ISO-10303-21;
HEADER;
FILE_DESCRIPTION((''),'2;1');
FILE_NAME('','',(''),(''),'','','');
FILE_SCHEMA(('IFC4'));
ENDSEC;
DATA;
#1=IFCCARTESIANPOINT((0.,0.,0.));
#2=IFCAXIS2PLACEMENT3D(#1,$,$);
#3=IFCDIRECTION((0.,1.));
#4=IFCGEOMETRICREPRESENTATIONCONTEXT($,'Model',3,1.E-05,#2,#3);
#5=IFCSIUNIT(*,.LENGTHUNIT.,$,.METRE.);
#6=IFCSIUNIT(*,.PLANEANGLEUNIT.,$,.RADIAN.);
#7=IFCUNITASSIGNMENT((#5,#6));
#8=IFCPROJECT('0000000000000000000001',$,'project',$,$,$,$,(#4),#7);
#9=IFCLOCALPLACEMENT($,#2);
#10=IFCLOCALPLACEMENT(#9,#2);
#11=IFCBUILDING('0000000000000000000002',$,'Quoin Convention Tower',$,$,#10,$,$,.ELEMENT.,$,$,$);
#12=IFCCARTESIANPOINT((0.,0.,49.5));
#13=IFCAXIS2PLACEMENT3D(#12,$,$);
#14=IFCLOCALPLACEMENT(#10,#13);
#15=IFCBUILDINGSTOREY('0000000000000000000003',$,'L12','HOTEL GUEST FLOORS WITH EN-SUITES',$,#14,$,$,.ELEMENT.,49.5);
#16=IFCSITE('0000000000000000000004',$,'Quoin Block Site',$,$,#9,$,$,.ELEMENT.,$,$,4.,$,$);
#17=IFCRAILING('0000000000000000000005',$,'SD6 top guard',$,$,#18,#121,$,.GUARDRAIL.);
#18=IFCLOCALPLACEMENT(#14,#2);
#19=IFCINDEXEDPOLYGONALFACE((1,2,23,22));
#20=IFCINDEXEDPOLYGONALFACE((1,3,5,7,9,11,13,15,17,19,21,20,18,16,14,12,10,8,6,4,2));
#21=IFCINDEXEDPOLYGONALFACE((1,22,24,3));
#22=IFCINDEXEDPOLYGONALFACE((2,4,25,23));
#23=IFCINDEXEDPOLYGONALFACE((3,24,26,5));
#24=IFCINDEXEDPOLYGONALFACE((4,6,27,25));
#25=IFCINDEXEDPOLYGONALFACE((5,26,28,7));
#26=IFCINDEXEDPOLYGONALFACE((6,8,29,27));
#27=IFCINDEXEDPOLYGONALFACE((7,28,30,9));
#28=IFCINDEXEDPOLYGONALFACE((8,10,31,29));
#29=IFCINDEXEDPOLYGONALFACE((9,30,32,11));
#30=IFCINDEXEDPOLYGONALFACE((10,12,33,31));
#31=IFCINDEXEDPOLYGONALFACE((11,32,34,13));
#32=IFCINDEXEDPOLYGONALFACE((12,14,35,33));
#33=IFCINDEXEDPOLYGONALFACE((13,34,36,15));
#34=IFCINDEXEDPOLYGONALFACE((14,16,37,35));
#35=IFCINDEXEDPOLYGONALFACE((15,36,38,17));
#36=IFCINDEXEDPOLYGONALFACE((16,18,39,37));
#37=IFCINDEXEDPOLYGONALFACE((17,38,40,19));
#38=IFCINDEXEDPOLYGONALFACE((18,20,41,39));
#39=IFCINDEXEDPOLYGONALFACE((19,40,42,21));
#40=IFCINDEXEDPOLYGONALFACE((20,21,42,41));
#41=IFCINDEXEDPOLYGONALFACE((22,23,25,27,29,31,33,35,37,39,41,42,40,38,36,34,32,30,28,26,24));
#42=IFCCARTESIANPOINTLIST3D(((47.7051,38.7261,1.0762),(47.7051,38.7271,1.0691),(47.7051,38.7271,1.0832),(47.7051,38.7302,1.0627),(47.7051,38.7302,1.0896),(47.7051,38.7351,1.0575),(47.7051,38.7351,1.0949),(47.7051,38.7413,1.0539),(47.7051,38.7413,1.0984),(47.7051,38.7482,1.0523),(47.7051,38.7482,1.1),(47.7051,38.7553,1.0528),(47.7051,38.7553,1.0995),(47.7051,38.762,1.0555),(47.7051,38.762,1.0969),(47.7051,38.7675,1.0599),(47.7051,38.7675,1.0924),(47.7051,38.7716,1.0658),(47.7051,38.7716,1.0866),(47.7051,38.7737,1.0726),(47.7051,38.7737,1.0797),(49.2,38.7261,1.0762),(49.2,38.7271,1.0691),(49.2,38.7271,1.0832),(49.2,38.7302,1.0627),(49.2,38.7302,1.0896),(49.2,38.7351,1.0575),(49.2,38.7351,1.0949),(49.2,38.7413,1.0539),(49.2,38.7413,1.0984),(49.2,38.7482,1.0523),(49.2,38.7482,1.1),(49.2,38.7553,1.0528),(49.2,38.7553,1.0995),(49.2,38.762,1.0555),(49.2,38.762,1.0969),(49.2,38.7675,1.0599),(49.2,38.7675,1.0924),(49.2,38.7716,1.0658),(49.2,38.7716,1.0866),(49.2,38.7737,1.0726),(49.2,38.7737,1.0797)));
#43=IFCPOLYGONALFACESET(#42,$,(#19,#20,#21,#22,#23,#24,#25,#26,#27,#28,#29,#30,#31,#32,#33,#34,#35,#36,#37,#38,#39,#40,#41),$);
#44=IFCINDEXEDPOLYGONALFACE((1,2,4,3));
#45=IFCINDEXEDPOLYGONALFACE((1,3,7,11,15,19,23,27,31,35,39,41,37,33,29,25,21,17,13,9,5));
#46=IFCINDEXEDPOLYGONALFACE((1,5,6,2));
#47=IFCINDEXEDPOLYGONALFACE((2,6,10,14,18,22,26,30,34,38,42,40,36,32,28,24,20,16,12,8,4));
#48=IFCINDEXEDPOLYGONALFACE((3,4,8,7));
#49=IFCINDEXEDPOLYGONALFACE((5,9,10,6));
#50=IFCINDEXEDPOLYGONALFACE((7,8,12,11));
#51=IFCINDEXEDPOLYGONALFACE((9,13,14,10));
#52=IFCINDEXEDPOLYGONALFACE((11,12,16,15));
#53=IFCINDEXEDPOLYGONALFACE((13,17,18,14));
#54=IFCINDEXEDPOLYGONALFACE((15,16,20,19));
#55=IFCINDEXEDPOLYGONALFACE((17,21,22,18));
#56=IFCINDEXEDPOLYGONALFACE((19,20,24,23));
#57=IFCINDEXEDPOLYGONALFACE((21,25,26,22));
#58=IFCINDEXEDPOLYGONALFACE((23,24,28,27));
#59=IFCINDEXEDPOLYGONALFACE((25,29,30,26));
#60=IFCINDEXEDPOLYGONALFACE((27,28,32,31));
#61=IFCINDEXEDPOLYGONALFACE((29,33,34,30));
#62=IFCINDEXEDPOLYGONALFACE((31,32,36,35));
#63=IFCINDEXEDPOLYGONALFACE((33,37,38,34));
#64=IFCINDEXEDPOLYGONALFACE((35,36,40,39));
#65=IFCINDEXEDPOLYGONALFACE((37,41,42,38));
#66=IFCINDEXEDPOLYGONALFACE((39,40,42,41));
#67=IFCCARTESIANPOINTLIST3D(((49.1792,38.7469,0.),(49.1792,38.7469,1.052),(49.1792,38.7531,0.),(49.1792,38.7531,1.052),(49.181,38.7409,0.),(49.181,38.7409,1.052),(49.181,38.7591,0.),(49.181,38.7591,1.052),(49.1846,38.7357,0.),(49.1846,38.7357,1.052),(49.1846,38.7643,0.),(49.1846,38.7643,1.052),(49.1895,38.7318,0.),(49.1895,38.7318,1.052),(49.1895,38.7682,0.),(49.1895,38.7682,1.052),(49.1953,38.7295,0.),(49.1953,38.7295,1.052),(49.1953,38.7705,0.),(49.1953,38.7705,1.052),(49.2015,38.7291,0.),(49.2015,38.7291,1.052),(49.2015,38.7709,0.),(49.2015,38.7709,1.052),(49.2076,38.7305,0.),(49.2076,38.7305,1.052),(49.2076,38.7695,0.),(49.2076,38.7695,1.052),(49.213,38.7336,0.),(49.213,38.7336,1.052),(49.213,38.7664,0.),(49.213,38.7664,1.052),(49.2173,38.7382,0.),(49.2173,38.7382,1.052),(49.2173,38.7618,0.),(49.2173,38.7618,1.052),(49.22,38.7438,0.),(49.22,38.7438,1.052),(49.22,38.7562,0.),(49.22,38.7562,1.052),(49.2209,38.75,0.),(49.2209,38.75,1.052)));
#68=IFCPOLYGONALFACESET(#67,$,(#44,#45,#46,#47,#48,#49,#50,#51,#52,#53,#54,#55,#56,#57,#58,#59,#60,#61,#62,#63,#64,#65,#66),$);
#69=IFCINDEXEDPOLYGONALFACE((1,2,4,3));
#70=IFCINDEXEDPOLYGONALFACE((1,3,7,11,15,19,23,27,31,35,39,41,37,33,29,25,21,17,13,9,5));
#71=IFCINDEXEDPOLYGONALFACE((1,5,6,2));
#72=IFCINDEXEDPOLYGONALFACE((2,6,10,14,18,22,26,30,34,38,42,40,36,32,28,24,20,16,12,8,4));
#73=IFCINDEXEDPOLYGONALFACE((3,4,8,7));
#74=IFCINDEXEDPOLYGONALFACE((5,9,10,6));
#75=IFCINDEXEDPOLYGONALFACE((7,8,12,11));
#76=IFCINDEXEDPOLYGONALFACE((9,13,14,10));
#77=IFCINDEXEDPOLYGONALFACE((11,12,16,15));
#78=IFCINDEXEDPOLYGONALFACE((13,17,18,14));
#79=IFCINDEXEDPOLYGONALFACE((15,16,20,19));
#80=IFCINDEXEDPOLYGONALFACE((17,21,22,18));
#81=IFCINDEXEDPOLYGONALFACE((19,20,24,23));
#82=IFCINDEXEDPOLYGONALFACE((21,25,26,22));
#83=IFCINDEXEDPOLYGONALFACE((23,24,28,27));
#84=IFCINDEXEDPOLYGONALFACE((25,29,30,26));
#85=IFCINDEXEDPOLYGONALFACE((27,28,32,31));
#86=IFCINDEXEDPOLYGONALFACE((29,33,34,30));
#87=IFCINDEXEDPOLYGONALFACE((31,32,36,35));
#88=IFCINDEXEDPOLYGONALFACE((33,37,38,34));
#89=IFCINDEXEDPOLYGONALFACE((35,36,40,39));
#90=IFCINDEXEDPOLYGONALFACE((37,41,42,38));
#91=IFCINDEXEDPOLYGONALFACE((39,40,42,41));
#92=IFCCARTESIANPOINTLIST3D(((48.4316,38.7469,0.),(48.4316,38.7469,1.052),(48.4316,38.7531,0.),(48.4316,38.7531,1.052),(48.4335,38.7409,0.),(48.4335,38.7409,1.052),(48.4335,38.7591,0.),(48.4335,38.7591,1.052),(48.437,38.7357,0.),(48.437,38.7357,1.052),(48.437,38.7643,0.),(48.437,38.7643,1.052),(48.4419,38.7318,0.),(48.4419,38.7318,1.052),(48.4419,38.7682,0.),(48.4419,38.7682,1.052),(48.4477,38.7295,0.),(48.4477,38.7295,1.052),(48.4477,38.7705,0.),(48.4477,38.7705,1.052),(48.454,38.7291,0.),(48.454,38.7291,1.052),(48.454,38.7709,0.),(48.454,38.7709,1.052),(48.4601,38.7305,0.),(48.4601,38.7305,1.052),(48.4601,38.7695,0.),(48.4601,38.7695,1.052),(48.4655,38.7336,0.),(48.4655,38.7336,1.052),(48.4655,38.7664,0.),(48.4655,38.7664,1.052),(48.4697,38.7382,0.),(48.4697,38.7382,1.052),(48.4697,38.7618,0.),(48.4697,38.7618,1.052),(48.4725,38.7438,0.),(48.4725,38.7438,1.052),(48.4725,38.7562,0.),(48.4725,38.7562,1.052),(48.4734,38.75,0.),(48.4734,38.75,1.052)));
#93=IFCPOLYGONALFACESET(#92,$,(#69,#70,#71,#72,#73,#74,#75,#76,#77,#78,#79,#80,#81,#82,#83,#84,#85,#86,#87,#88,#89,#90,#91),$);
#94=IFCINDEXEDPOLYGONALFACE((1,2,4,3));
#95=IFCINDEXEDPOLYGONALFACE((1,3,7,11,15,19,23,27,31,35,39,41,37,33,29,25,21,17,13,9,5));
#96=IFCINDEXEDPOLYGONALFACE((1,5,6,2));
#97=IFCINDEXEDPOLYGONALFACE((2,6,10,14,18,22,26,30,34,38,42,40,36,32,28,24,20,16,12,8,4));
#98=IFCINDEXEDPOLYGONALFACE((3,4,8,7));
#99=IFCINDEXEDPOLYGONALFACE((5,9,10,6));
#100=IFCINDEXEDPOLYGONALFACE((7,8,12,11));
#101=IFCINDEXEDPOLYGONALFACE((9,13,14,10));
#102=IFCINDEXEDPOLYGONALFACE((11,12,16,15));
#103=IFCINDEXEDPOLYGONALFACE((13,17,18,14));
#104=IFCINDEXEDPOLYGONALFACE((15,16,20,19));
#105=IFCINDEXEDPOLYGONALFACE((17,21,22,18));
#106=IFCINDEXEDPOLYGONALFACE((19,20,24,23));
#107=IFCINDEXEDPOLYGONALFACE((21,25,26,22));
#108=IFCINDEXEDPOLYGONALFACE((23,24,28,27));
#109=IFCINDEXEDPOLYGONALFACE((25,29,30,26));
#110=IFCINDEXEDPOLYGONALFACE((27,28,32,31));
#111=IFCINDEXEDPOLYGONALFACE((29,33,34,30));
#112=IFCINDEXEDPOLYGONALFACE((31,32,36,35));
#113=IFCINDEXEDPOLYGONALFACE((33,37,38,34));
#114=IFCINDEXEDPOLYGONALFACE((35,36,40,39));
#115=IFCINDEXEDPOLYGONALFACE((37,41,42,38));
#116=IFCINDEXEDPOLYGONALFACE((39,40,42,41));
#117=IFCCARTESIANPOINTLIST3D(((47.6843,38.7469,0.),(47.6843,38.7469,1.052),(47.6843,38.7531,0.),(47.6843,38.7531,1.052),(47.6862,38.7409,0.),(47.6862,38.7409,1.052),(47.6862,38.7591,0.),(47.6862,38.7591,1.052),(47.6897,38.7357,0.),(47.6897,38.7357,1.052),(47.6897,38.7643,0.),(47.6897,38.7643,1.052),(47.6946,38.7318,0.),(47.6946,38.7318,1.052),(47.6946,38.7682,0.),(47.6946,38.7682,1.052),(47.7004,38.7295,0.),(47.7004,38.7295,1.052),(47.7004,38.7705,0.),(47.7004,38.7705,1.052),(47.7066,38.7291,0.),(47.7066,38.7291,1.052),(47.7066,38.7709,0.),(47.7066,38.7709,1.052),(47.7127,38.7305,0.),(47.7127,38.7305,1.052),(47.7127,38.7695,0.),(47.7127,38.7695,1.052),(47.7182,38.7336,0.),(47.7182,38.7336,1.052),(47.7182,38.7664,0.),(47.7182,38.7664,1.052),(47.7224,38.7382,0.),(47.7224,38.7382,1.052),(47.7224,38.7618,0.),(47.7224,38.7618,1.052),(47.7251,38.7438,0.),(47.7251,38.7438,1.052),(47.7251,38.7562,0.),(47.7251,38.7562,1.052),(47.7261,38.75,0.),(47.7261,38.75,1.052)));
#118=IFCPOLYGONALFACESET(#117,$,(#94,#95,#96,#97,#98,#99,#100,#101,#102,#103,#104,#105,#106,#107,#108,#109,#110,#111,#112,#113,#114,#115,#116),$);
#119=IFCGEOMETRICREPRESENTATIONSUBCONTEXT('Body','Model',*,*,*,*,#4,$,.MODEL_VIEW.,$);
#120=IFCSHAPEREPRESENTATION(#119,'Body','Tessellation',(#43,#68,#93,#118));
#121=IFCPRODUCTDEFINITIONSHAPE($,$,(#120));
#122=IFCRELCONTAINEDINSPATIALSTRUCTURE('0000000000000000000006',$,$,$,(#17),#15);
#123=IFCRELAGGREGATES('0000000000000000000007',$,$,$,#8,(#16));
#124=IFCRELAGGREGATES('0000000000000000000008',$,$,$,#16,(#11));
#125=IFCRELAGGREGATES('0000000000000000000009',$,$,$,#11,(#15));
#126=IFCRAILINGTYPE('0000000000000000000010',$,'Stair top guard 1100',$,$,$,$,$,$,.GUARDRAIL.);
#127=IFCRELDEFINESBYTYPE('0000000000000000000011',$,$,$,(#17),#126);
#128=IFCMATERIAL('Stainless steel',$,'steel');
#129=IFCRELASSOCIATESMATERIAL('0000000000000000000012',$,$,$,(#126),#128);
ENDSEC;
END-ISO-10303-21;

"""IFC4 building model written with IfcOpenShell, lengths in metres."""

from ifc_helpers import new_model, si_unit, direction, frame, origin, origin_2d, place, context, subcontext, project, spatial, circle, extrude, material, type_object, element, save


model = new_model("IFC4")

# Units and contexts
model_context = context("Model", 3, precision=1e-05, world=origin(), true_north=direction((0.0, 1.0)))
body_context = subcontext(model_context, "Body", "Model", "MODEL_VIEW")
ifc_project = project(units=[si_unit("LENGTHUNIT", "METRE"), si_unit("PLANEANGLEUNIT", "RADIAN")], contexts=[model_context])

# Site, building, storey
site_placement = place(None, origin())
site = spatial("IfcSite", under=ifc_project, at=site_placement, Name="Quoin Block Site", CompositionType="ELEMENT", RefElevation=4.0)
building_placement = place(site_placement, origin())
building = spatial("IfcBuilding", under=site, at=building_placement, Name="Quoin Convention Tower", CompositionType="ELEMENT")
storey_placement = place(building_placement, frame((0.0, 0.0, 49.5)))
storey = spatial("IfcBuildingStorey", under=building, at=storey_placement, Name="L12", Description="HOTEL GUEST FLOORS WITH EN-SUITES", CompositionType="ELEMENT", Elevation=49.5)

# Railing
ifc_material_1 = material(Name="Stainless steel", Category="steel")
railing_type_1 = type_object("IfcRailingType", Name="Stair top guard 1100", PredefinedType="GUARDRAIL", material=ifc_material_1)
railing_1_placement = place(storey_placement, frame((49.2, 38.75, 0.0)))
element("IfcRailing", 1, at=railing_1_placement, inside=storey, type_object=railing_type_1, Name="SD6 top guard", PredefinedType="GUARDRAIL", context=body_context, shape_type="SweptSolid", body=[
    extrude(circle(Radius=0.0239, at=origin_2d()), frame((0.0, 0.0, 1.0762), z_axis=(-1.0, 0.0, 0.0), x_axis=(0.0, -1.0, 0.0)), (0.0, 0.0, 1.0), 1.4949),
    extrude(circle(Radius=0.021, at=origin_2d()), origin(), (0.0, 0.0, 1.0), 1.052),
    extrude(circle(Radius=0.021, at=origin_2d()), frame((-0.7476, 0.0, 0.0)), (0.0, 0.0, 1.0), 1.052),
    extrude(circle(Radius=0.021, at=origin_2d()), frame((-1.4949, 0.0, 0.0)), (0.0, 0.0, 1.0), 1.052),
])

save(model, "model.ifc")
